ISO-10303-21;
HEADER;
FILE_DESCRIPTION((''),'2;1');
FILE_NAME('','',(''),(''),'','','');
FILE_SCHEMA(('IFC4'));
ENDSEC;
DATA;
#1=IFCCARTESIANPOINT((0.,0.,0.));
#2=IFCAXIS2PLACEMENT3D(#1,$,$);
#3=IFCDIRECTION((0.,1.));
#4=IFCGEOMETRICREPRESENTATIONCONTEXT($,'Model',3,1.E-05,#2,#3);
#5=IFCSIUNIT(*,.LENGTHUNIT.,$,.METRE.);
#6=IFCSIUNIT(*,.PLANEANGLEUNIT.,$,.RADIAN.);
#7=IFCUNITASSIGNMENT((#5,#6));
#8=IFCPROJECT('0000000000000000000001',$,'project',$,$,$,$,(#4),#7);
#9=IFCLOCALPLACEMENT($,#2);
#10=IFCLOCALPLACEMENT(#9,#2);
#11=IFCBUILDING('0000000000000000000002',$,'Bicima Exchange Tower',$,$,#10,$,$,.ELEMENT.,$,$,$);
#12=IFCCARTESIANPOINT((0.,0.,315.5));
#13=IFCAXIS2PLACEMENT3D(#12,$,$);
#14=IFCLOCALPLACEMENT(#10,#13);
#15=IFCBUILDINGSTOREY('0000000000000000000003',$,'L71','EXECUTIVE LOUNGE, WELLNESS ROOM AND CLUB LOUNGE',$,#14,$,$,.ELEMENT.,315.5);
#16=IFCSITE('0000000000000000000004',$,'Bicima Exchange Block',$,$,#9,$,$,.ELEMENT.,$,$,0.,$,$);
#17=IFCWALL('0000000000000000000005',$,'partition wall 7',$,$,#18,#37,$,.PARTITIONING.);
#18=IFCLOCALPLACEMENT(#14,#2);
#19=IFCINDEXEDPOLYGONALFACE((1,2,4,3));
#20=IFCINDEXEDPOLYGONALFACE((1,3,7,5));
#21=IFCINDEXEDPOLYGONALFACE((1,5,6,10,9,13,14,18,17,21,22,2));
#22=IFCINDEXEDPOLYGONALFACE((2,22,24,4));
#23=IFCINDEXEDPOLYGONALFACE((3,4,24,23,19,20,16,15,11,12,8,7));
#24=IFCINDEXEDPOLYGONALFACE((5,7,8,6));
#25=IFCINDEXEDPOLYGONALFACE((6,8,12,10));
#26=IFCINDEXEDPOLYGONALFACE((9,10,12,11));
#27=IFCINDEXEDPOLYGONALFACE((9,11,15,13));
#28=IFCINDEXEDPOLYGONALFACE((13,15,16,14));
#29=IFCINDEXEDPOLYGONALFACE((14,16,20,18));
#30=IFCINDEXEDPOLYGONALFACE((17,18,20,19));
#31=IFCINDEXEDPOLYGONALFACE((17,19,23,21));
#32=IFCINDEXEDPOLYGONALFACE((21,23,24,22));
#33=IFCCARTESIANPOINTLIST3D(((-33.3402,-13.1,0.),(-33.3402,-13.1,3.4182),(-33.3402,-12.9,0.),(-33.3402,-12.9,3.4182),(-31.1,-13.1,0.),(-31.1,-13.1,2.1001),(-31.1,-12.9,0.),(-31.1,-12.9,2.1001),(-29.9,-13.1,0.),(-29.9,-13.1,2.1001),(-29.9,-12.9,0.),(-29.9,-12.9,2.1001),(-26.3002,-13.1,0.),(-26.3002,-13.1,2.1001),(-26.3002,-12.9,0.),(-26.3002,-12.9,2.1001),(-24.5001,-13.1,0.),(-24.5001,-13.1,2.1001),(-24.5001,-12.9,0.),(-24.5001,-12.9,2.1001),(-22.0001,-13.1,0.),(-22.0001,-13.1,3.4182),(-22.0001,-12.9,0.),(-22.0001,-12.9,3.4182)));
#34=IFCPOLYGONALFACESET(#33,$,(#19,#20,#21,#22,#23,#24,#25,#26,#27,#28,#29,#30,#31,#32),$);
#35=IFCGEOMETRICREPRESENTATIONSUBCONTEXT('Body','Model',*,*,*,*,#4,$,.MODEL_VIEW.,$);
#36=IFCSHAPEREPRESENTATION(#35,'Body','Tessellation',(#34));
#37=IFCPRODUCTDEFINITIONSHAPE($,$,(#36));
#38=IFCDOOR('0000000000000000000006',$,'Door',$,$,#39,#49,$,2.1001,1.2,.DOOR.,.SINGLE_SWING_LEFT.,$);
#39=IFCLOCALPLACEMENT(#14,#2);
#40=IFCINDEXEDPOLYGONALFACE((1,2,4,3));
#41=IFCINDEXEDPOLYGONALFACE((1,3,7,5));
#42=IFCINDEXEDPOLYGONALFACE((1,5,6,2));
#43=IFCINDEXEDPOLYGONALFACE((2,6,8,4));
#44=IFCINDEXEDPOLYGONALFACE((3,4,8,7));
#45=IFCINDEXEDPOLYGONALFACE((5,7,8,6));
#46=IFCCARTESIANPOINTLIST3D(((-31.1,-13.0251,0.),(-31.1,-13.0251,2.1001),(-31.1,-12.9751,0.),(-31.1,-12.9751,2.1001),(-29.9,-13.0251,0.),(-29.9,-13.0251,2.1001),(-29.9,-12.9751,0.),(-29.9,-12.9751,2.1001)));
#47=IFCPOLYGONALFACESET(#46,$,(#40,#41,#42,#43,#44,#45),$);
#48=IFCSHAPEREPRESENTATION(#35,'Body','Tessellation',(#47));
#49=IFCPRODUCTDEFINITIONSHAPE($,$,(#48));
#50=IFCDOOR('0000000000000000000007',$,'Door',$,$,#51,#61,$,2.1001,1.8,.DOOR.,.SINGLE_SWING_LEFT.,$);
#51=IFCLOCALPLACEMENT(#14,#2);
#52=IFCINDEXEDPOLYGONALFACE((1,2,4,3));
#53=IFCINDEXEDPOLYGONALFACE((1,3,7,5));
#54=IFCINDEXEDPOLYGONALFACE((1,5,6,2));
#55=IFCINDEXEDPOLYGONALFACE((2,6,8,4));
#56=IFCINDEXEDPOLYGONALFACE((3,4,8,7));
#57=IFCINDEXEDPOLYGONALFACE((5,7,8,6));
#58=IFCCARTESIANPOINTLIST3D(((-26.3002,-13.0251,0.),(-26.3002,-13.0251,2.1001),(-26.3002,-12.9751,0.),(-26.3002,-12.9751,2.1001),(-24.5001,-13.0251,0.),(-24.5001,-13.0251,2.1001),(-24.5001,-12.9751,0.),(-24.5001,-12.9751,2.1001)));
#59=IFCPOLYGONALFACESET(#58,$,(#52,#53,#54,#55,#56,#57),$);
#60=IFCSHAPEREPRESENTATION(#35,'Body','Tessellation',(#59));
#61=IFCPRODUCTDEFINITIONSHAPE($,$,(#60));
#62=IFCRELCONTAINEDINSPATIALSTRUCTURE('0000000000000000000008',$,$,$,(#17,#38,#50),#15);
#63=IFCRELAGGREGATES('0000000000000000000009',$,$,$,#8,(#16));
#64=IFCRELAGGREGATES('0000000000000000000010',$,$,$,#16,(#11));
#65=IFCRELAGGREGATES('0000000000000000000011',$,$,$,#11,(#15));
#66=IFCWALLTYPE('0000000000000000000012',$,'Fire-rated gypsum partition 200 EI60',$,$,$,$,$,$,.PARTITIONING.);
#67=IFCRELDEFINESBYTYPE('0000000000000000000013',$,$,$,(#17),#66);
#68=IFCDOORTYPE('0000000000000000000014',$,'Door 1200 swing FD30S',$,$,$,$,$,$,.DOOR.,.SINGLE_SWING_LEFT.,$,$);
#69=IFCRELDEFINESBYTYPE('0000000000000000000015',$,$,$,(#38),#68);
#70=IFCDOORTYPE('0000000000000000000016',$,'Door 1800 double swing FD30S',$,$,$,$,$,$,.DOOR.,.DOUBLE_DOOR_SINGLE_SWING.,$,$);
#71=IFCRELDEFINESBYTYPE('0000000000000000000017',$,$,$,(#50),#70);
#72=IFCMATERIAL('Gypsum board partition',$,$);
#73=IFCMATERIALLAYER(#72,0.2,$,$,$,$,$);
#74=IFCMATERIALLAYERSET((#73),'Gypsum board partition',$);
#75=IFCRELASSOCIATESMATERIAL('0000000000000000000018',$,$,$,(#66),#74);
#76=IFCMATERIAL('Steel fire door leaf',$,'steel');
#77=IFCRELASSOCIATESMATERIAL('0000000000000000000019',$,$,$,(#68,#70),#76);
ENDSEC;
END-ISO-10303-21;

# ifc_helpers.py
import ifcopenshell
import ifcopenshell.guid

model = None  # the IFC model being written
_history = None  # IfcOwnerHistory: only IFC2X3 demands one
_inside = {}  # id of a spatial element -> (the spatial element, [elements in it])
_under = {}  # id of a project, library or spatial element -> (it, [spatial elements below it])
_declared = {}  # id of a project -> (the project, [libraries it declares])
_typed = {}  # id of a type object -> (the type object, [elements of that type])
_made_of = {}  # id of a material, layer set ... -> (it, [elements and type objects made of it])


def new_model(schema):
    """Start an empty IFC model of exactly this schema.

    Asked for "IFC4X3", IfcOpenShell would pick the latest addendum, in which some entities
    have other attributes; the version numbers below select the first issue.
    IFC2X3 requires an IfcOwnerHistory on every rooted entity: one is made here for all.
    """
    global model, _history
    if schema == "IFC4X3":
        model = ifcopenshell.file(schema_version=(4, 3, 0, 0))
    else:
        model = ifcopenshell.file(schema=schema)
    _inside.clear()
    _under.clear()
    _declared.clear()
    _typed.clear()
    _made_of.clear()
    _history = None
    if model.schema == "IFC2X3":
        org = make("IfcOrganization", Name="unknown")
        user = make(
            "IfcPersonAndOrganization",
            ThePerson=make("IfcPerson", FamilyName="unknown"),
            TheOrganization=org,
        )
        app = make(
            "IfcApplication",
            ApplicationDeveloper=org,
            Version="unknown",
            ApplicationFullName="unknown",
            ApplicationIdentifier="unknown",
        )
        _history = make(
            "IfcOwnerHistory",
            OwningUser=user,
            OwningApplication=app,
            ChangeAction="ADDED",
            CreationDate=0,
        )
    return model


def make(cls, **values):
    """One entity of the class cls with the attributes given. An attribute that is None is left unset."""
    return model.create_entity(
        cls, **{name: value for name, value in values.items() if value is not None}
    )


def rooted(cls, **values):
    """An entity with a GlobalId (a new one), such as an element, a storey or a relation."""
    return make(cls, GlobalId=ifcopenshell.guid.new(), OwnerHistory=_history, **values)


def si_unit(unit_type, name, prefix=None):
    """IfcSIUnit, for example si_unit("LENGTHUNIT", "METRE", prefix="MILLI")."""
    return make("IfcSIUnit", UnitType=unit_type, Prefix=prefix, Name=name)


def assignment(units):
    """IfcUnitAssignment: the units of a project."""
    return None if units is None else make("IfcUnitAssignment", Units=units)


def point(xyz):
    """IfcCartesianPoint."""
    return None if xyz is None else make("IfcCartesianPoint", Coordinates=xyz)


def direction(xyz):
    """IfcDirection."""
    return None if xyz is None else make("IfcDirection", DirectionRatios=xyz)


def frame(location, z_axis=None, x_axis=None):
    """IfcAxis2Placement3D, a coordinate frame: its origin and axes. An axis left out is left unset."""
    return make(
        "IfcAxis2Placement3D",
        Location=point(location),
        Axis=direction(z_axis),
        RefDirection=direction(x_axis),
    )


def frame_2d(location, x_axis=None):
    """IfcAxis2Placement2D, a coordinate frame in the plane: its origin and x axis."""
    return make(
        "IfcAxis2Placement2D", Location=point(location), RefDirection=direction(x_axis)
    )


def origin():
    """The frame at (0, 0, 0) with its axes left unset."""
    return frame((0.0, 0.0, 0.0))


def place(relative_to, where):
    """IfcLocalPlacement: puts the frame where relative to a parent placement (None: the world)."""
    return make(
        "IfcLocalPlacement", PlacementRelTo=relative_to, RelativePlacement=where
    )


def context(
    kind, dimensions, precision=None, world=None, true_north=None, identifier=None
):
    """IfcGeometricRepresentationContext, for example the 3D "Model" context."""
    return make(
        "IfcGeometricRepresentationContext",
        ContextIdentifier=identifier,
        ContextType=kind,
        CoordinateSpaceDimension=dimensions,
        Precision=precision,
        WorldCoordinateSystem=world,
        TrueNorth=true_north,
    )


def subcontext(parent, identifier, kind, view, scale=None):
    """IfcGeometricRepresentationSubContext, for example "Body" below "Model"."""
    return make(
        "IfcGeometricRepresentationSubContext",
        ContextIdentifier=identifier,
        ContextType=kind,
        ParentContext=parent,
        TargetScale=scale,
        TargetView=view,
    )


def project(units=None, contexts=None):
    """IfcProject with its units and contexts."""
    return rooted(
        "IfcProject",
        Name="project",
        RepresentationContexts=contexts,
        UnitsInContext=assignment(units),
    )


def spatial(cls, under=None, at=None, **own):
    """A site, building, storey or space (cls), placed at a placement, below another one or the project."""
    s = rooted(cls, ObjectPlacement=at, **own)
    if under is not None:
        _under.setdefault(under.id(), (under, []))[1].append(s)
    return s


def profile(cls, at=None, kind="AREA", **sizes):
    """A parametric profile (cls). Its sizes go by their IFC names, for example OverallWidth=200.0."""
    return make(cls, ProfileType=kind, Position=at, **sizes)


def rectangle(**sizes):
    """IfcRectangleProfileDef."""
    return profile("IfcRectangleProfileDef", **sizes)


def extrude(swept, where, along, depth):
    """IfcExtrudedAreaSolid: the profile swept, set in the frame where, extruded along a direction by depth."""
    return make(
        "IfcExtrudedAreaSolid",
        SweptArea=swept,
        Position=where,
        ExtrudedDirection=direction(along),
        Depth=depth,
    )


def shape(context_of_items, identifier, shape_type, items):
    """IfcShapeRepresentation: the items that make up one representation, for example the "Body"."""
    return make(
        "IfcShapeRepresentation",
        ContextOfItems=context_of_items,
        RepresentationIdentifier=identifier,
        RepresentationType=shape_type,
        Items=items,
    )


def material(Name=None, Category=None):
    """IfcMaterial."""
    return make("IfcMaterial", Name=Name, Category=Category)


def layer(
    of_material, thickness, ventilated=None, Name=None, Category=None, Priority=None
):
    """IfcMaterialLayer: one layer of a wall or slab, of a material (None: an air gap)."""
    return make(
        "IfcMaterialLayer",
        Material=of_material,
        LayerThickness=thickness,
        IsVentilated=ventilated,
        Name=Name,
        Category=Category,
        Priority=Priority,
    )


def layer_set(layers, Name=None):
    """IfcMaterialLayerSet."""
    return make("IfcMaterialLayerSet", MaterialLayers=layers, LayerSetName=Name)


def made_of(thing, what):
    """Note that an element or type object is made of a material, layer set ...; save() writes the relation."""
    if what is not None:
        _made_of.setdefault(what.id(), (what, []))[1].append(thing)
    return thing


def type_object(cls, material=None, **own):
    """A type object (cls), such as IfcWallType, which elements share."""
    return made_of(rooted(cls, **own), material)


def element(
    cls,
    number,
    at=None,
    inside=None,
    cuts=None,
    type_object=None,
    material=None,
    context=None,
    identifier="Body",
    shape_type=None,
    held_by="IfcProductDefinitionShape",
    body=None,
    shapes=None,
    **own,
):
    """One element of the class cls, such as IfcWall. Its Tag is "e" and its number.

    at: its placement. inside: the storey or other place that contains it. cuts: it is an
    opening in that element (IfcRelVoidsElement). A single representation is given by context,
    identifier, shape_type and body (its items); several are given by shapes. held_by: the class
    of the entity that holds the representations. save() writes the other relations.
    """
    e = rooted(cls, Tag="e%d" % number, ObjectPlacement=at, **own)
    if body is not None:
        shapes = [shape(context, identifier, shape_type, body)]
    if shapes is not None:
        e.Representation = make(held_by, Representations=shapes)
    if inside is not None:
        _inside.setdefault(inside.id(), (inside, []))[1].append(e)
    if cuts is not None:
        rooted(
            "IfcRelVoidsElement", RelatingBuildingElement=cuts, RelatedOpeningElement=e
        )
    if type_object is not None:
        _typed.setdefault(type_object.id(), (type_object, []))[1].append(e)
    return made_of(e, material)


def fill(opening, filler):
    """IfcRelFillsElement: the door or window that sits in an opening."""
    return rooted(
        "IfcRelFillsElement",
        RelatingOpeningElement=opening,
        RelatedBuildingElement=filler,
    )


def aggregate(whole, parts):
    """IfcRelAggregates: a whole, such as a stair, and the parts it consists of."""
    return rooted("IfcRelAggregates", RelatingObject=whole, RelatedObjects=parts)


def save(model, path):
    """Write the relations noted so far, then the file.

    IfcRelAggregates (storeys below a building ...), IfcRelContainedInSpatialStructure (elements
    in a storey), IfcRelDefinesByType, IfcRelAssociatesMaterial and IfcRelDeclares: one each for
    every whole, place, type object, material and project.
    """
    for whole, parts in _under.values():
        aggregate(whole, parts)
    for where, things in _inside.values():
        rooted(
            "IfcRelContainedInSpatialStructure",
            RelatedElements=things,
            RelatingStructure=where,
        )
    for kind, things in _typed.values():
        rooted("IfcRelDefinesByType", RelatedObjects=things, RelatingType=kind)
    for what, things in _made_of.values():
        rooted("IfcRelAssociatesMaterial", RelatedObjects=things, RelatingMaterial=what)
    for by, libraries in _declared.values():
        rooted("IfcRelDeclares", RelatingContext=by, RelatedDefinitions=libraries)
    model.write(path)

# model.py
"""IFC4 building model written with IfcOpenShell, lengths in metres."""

from ifc_helpers import new_model, si_unit, direction, frame, frame_2d, origin, place, context, subcontext, project, spatial, rectangle, extrude, material, layer, layer_set, type_object, element, fill, save


model = new_model("IFC4")

# Units and contexts
model_context = context("Model", 3, precision=1e-05, world=origin(), true_north=direction((0.0, 1.0)))
body_context = subcontext(model_context, "Body", "Model", "MODEL_VIEW")
ifc_project = project(units=[si_unit("LENGTHUNIT", "METRE"), si_unit("PLANEANGLEUNIT", "RADIAN")], contexts=[model_context])

# Site, building, storey
site_placement = place(None, origin())
site = spatial("IfcSite", under=ifc_project, at=site_placement, Name="Bicima Exchange Block", CompositionType="ELEMENT", RefElevation=0.0)
building_placement = place(site_placement, origin())
building = spatial("IfcBuilding", under=site, at=building_placement, Name="Bicima Exchange Tower", CompositionType="ELEMENT")
storey_placement = place(building_placement, frame((0.0, 0.0, 315.5)))
storey = spatial("IfcBuildingStorey", under=building, at=storey_placement, Name="L71", Description="EXECUTIVE LOUNGE, WELLNESS ROOM AND CLUB LOUNGE", CompositionType="ELEMENT", Elevation=315.5)

# Wall, openings, doors
ifc_material_1 = material(Name="Gypsum board partition")
ifc_layer_1 = layer(ifc_material_1, 0.2)
ifc_layer_set_1 = layer_set([ifc_layer_1], Name="Gypsum board partition")
wall_type = type_object("IfcWallType", Name="Fire-rated gypsum partition 200 EI60", PredefinedType="PARTITIONING", material=ifc_layer_set_1)
ifc_material_2 = material(Name="Steel fire door leaf", Category="steel")
wall_1_placement = place(storey_placement, frame((-33.3401, -13.0, 0.0), z_axis=(0.0, 0.0, 1.0), x_axis=(1.0, 0.0, 0.0)))
wall_1 = element("IfcWall", 1, at=wall_1_placement, inside=storey, type_object=wall_type, Name="partition wall 7", PredefinedType="PARTITIONING", context=body_context, shape_type="SweptSolid", body=[
    extrude(rectangle(XDim=11.3401, YDim=0.2, at=frame_2d((5.6699, 0.0))), origin(), (0.0, 0.0, 1.0), 3.4182),
])
opening_1_placement = place(wall_1_placement, frame((2.24, 0.0, 0.0)))
opening_1 = element("IfcOpeningElement", 2, at=opening_1_placement, cuts=wall_1, PredefinedType="OPENING", context=body_context, shape_type="SweptSolid", body=[
    extrude(rectangle(XDim=1.2, YDim=2.1001, at=frame_2d((0.6001, 1.05))), frame((0.0, 0.1118, 0.0), z_axis=(0.0, -1.0, 0.0), x_axis=(1.0, 0.0, 0.0)), (0.0, 0.0, 1.0), 0.2239),
])
opening_2_placement = place(wall_1_placement, frame((7.04, 0.0, 0.0)))
opening_2 = element("IfcOpeningElement", 3, at=opening_2_placement, cuts=wall_1, PredefinedType="OPENING", context=body_context, shape_type="SweptSolid", body=[
    extrude(rectangle(XDim=1.8, YDim=2.1001, at=frame_2d((0.8999, 1.05))), frame((0.0, 0.1118, 0.0), z_axis=(0.0, -1.0, 0.0), x_axis=(1.0, 0.0, 0.0)), (0.0, 0.0, 1.0), 0.2239),
])
door_type_1 = type_object("IfcDoorType", Name="Door 1200 swing FD30S", OperationType="SINGLE_SWING_LEFT", PredefinedType="DOOR", material=ifc_material_2)
door_1_placement = place(opening_1_placement, origin())
door_1 = element("IfcDoor", 4, at=door_1_placement, inside=storey, type_object=door_type_1, Name="Door", OperationType="SINGLE_SWING_LEFT", OverallHeight=2.1001, OverallWidth=1.2, PredefinedType="DOOR", context=body_context, shape_type="SweptSolid", body=[
    extrude(rectangle(XDim=1.2, YDim=2.1001, at=frame_2d((0.6001, 1.05))), frame((0.0, 0.0249, 0.0), z_axis=(0.0, -1.0, 0.0), x_axis=(1.0, 0.0, 0.0)), (0.0, 0.0, 1.0), 0.05),
])
fill(opening_1, door_1)
door_type_2 = type_object("IfcDoorType", Name="Door 1800 double swing FD30S", OperationType="DOUBLE_DOOR_SINGLE_SWING", PredefinedType="DOOR", material=ifc_material_2)
door_2_placement = place(opening_2_placement, origin())
door_2 = element("IfcDoor", 5, at=door_2_placement, inside=storey, type_object=door_type_2, Name="Door", OperationType="SINGLE_SWING_LEFT", OverallHeight=2.1001, OverallWidth=1.8, PredefinedType="DOOR", context=body_context, shape_type="SweptSolid", body=[
    extrude(rectangle(XDim=1.8, YDim=2.1001, at=frame_2d((0.8999, 1.05))), frame((0.0, 0.0249, 0.0), z_axis=(0.0, -1.0, 0.0), x_axis=(1.0, 0.0, 0.0)), (0.0, 0.0, 1.0), 0.05),
])
fill(opening_2, door_2)

save(model, "model.ifc")
